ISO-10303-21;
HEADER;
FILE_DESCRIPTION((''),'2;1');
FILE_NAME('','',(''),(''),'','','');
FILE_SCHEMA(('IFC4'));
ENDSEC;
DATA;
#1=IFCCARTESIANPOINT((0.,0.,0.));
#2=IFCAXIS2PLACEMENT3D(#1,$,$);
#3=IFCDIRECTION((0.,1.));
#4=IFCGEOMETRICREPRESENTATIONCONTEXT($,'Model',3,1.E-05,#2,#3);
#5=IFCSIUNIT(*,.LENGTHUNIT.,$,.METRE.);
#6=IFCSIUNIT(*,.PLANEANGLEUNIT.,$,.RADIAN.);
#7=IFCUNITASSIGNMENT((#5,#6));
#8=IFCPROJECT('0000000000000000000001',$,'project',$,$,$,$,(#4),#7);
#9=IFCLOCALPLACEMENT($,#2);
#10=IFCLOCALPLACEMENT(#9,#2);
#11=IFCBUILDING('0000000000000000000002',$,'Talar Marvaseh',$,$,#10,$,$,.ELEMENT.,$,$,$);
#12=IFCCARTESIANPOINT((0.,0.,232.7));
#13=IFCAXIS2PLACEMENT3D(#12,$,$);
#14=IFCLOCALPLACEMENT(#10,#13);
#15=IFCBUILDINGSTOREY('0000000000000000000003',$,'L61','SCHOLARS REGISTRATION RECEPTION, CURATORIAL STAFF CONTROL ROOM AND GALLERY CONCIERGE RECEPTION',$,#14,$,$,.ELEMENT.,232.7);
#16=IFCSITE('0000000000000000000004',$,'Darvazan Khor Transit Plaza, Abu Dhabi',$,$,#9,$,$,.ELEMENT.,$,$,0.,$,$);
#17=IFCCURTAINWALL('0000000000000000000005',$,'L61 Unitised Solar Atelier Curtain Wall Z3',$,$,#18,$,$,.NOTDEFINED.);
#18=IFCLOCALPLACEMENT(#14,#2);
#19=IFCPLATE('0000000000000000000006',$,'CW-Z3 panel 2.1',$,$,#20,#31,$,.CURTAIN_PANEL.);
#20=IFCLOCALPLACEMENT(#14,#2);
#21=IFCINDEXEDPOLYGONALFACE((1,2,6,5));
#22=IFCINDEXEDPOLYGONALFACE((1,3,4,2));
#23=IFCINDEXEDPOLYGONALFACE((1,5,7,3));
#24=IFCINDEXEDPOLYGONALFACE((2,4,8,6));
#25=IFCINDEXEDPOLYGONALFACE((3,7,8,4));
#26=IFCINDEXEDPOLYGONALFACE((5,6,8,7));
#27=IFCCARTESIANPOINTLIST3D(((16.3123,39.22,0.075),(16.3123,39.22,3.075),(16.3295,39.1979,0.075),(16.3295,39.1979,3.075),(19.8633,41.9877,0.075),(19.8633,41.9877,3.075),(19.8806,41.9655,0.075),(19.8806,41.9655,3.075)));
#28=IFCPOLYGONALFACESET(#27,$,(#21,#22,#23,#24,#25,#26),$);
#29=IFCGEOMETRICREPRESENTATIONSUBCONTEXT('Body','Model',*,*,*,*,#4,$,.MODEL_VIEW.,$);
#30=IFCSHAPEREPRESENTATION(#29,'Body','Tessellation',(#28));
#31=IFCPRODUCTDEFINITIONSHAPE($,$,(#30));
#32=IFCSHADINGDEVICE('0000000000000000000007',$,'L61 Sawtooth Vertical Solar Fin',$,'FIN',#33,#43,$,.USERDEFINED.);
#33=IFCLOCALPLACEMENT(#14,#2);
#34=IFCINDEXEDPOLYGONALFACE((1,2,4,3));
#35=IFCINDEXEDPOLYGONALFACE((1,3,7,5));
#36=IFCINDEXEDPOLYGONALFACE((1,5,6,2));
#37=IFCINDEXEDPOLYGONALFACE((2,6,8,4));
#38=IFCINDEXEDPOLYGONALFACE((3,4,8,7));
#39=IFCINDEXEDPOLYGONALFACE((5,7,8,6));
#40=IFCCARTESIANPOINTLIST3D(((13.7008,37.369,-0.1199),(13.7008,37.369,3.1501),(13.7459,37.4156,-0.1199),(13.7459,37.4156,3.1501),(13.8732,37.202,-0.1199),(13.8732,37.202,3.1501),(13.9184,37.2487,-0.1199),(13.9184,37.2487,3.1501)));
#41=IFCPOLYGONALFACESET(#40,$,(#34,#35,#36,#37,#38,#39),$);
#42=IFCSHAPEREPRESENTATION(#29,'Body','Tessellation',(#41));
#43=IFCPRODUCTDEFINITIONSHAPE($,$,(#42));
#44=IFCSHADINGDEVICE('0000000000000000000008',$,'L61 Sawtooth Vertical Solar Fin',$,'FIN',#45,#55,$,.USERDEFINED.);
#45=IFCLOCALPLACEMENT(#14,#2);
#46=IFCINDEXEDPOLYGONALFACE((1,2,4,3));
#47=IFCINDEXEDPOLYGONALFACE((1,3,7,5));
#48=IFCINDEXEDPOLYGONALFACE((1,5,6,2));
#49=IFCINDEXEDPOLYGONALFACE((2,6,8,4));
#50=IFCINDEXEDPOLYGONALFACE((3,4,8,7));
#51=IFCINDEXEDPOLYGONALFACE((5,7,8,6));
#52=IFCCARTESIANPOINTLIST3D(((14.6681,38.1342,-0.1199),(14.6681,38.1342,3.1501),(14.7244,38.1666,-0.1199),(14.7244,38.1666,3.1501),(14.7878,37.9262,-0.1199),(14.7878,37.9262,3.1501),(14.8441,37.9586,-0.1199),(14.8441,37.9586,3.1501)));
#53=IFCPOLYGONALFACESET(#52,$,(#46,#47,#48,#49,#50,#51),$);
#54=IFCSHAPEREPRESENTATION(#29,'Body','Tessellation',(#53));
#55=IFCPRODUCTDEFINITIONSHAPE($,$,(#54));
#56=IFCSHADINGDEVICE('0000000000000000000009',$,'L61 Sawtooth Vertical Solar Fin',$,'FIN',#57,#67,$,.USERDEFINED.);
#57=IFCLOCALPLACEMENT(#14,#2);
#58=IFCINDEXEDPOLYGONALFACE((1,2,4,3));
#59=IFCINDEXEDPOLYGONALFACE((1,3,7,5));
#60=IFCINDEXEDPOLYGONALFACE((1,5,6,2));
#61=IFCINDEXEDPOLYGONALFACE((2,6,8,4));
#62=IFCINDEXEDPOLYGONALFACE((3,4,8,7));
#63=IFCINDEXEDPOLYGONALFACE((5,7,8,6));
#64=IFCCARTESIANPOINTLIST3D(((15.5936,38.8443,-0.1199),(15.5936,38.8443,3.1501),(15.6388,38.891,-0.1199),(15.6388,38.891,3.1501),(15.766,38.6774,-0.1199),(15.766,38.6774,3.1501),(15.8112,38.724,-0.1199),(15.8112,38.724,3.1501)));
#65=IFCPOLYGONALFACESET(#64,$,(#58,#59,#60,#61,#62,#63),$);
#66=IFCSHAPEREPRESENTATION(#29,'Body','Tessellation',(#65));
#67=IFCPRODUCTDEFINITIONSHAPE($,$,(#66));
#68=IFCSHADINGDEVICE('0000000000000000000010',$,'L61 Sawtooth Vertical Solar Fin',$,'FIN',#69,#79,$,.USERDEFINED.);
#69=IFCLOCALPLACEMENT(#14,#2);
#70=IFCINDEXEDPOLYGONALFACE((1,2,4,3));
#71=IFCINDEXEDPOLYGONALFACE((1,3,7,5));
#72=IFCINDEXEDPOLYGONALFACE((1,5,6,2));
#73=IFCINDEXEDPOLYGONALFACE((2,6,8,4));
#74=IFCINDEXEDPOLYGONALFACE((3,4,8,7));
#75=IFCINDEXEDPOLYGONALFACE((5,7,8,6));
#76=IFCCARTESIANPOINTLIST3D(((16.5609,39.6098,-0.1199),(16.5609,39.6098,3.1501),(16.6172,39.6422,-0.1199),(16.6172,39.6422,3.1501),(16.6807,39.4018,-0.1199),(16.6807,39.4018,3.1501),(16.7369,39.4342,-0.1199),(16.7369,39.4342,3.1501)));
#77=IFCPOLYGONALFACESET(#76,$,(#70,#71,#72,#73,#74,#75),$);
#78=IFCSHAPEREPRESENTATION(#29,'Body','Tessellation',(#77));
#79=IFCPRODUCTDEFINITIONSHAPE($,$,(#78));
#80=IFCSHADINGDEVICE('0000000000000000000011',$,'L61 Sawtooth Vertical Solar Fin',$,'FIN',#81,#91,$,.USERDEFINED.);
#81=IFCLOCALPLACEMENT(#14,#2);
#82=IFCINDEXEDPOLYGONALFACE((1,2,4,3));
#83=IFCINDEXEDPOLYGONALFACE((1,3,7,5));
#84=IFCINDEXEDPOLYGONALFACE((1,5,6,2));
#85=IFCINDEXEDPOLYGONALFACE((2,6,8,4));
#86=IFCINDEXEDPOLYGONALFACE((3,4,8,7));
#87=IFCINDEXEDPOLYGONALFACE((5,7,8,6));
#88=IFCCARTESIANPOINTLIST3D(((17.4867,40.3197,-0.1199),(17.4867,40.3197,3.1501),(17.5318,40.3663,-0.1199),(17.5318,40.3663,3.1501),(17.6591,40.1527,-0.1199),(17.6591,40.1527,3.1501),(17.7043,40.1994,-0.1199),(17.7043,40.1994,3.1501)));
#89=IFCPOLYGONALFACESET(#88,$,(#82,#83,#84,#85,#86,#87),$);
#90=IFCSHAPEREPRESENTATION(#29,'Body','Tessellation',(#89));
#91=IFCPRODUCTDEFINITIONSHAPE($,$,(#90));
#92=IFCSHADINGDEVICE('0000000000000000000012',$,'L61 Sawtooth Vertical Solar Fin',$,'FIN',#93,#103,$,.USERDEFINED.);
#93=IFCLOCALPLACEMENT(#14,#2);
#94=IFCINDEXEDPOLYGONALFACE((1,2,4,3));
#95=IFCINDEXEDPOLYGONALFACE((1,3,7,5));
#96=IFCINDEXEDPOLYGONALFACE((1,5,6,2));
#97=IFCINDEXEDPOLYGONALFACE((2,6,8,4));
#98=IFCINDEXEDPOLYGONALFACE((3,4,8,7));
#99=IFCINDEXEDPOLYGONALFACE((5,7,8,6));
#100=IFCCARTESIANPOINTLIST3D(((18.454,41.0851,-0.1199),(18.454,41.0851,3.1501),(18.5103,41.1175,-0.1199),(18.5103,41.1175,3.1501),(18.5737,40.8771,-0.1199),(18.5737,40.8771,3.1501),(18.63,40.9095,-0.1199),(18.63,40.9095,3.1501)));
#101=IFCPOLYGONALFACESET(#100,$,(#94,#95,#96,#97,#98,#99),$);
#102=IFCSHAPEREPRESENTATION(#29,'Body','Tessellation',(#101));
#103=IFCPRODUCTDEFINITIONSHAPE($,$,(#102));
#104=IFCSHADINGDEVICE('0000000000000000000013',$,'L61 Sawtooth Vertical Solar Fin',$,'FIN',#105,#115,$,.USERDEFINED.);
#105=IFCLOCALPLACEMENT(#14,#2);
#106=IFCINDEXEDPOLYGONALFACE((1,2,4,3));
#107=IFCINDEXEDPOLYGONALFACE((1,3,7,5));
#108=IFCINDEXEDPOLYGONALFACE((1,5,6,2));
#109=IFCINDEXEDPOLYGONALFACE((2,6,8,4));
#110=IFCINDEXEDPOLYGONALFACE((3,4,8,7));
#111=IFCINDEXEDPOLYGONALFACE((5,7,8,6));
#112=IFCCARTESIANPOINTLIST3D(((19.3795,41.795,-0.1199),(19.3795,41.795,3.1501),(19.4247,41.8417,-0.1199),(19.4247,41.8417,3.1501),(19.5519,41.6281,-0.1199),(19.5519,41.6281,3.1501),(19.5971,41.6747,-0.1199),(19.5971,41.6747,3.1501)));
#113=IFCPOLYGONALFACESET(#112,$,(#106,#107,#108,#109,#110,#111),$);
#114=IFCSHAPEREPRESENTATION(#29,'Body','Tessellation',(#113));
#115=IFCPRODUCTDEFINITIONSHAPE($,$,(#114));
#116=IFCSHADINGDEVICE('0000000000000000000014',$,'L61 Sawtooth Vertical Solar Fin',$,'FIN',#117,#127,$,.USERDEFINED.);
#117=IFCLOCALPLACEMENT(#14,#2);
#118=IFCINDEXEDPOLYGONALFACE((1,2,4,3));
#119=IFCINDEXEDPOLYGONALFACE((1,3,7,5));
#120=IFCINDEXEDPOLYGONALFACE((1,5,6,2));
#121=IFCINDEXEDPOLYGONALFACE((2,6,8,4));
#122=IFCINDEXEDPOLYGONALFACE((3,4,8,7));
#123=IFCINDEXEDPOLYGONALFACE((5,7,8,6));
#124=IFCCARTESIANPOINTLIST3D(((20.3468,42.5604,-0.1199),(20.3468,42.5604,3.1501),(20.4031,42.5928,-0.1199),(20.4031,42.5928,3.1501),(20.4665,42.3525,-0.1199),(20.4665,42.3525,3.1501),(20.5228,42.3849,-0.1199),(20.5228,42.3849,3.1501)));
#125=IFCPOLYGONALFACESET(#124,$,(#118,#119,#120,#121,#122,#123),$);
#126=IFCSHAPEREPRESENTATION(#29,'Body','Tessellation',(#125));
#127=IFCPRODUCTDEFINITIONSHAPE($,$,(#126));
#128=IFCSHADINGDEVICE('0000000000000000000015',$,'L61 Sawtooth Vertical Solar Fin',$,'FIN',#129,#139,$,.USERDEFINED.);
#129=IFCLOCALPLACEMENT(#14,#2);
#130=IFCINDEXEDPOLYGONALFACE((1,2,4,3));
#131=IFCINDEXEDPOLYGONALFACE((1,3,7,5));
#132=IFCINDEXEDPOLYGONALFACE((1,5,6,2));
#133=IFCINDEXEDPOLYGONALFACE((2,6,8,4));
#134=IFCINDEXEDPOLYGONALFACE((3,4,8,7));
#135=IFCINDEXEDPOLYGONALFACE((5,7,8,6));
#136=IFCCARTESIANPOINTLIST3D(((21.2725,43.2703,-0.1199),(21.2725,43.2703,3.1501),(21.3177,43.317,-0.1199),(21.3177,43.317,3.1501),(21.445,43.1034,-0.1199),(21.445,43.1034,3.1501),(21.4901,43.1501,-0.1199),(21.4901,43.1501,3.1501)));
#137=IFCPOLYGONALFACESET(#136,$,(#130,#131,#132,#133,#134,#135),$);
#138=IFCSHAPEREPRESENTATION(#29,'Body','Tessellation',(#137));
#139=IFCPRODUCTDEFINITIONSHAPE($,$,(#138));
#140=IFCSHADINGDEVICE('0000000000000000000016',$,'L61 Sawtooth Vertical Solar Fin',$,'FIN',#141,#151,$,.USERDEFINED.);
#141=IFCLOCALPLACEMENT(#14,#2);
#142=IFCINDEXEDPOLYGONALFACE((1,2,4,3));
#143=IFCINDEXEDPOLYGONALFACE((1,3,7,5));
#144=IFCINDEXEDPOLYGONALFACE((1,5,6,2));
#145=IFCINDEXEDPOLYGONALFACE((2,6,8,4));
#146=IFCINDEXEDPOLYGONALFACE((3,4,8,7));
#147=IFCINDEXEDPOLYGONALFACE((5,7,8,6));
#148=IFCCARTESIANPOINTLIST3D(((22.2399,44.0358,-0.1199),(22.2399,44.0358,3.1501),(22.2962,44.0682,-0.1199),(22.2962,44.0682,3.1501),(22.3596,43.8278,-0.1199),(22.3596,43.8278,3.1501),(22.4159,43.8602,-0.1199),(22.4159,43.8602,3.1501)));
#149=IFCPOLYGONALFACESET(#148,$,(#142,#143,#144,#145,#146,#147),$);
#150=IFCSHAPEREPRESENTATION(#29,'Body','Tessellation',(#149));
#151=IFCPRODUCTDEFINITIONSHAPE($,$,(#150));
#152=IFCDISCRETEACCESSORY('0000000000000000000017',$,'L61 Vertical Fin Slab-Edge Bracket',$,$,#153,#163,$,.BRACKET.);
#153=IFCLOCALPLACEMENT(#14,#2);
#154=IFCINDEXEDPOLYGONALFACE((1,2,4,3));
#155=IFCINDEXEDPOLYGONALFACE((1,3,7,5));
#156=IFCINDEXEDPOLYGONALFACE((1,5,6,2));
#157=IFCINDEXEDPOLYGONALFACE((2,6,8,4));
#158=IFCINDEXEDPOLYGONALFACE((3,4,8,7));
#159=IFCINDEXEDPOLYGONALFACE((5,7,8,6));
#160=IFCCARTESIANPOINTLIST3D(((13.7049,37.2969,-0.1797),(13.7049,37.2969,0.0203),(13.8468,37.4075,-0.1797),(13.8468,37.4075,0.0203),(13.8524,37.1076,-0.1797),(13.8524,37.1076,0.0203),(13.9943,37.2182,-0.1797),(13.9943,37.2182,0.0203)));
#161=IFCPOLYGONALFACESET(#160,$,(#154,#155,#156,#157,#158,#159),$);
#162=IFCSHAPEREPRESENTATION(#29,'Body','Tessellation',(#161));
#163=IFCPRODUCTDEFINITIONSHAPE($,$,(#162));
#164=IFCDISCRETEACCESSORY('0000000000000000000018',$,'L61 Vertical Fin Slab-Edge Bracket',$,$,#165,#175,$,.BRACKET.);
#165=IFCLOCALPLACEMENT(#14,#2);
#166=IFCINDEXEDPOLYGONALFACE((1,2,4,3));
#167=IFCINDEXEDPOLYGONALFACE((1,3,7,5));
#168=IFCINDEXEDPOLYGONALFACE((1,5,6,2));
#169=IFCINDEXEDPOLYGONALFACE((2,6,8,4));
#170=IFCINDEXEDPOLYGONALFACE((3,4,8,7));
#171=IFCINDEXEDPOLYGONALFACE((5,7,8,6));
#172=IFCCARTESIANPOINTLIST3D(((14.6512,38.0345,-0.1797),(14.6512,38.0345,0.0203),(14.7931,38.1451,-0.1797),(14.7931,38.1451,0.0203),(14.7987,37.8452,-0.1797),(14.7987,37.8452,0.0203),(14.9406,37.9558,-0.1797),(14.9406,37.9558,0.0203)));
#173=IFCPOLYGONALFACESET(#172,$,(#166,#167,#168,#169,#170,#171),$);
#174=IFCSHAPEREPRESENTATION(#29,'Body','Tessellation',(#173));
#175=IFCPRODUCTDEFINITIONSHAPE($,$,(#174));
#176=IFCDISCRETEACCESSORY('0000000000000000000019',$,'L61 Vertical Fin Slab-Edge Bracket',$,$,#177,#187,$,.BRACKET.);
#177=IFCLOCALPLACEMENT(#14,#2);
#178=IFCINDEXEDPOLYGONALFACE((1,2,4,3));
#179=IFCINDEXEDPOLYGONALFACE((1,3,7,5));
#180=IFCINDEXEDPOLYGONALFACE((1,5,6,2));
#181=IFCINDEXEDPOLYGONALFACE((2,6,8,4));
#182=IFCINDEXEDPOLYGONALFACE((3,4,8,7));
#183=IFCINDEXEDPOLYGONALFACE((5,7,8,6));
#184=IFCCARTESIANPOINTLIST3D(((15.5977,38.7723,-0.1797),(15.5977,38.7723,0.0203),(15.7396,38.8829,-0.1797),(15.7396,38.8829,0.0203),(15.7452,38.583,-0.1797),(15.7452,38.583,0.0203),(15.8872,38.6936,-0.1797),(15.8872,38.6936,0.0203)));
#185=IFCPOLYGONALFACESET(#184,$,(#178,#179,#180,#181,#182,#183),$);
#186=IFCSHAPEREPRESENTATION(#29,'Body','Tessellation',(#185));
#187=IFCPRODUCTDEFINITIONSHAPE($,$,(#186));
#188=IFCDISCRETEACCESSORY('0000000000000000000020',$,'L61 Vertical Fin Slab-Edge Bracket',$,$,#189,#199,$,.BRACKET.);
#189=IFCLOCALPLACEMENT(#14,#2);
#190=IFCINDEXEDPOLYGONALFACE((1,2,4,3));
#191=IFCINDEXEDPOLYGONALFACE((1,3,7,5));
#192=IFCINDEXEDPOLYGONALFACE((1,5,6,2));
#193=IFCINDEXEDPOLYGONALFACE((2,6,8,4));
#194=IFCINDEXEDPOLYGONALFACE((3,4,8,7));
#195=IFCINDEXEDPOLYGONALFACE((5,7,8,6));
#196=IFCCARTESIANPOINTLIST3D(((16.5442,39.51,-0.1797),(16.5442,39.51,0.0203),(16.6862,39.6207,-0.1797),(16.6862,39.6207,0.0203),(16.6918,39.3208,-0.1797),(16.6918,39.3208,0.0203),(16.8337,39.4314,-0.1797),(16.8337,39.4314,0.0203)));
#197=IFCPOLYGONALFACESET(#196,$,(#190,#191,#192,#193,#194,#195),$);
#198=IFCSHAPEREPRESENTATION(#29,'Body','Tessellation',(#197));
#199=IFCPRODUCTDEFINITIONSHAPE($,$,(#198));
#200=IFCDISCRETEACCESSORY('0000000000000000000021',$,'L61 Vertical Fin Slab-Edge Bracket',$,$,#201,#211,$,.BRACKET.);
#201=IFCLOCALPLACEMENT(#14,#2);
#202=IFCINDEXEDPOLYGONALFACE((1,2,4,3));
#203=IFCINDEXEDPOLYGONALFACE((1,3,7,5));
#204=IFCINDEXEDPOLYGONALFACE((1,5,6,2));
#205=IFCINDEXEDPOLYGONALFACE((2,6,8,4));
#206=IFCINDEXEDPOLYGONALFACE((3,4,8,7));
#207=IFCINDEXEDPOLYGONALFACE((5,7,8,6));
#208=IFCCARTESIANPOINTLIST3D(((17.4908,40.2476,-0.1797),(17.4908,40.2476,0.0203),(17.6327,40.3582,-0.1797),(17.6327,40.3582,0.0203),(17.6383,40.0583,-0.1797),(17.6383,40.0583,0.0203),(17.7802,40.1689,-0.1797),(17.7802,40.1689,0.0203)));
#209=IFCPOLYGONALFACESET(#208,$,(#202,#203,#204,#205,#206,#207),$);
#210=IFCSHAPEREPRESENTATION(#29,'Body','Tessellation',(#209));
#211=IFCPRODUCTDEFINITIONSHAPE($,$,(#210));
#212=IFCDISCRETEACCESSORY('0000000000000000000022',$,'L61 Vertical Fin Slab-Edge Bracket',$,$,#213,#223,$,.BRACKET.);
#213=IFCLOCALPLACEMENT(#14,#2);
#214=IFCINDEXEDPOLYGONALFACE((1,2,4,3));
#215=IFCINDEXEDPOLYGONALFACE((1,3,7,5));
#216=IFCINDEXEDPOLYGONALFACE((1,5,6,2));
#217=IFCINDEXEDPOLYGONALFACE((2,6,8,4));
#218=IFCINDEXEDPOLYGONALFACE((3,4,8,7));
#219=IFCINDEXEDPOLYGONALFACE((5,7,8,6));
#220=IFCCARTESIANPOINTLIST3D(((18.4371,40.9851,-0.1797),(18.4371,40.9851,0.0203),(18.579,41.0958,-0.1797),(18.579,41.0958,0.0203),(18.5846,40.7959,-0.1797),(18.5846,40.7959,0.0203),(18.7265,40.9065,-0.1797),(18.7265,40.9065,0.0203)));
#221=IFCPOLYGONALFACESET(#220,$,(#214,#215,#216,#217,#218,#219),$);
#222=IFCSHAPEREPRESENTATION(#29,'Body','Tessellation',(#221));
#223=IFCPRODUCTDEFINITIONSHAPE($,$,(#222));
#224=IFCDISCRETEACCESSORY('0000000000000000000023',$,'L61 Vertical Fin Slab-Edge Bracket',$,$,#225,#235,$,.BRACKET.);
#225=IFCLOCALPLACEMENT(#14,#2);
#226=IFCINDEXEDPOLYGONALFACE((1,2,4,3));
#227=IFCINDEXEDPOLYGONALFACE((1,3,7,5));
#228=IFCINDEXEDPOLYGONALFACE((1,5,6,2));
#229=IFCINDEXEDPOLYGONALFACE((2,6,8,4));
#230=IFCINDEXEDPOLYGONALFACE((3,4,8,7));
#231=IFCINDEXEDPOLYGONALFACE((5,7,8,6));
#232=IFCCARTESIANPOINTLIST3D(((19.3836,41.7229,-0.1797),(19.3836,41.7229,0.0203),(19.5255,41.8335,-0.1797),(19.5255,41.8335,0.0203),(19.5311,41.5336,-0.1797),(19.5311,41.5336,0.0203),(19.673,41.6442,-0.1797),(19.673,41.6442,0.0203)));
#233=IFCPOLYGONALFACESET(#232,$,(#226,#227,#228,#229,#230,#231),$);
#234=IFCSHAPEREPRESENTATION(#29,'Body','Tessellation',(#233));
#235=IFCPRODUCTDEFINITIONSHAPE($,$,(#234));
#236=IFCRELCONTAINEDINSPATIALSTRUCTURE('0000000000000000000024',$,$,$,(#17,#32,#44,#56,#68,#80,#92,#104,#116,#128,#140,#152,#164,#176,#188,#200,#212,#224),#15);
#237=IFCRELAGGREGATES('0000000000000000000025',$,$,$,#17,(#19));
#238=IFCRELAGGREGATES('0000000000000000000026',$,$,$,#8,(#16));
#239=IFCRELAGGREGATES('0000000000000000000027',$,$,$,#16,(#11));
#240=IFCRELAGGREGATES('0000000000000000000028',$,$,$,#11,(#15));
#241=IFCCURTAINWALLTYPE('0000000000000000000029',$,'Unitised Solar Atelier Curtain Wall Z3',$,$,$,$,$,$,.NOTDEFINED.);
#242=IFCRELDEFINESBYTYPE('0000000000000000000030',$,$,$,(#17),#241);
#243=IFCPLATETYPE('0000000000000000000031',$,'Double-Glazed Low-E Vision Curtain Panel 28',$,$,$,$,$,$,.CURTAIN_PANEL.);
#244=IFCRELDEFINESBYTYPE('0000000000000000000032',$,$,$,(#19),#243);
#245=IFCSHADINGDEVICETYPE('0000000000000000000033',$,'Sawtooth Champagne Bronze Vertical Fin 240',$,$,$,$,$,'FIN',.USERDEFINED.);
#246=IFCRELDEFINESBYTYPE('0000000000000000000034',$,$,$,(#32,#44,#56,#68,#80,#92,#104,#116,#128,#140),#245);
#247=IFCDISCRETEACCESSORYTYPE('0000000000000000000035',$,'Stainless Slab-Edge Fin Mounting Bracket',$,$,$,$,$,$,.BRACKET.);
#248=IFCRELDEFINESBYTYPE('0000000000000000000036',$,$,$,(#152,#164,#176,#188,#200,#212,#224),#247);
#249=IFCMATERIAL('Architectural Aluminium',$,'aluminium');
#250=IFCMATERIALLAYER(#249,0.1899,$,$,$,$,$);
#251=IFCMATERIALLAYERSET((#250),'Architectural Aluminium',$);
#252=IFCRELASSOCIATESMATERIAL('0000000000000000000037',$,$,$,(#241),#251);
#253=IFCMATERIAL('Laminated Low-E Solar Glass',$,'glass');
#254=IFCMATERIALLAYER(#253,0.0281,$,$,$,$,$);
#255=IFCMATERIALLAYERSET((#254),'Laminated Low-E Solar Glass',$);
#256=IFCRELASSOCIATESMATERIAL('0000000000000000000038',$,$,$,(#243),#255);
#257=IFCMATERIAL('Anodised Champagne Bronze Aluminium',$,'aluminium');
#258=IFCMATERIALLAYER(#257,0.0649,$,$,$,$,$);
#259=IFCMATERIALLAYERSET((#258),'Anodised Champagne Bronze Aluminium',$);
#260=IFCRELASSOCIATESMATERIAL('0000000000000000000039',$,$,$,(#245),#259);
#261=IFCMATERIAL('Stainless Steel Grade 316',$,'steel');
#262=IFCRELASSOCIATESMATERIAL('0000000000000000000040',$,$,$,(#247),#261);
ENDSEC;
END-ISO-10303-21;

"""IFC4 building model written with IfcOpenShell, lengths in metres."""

from ifc_helpers import new_model, si_unit, direction, frame, origin, origin_2d, place, context, subcontext, project, spatial, rectangle, extrude, source, transform, mapped, material, layer, layer_set, type_object, type_shapes, element, aggregate, save


model = new_model("IFC4")

# Units and contexts
model_context = context("Model", 3, precision=1e-05, world=origin(), true_north=direction((0.0, 1.0)))
body_context = subcontext(model_context, "Body", "Model", "MODEL_VIEW")
ifc_project = project(units=[si_unit("LENGTHUNIT", "METRE"), si_unit("PLANEANGLEUNIT", "RADIAN")], contexts=[model_context])

# Site, building, storey
site_placement = place(None, origin())
site = spatial("IfcSite", under=ifc_project, at=site_placement, Name="Darvazan Khor Transit Plaza, Abu Dhabi", CompositionType="ELEMENT", RefElevation=0.0)
building_placement = place(site_placement, origin())
building = spatial("IfcBuilding", under=site, at=building_placement, Name="Talar Marvaseh", CompositionType="ELEMENT")
storey_placement = place(building_placement, frame((0.0, 0.0, 232.7)))
storey = spatial("IfcBuildingStorey", under=building, at=storey_placement, Name="L61", Description="SCHOLARS REGISTRATION RECEPTION, CURATORIAL STAFF CONTROL ROOM AND GALLERY CONCIERGE RECEPTION", CompositionType="ELEMENT", Elevation=232.7)

# Curtain wall, plate
ifc_material_1 = material(Name="Architectural Aluminium", Category="aluminium")
ifc_layer_1 = layer(ifc_material_1, 0.1899)
ifc_layer_set_1 = layer_set([ifc_layer_1], Name="Architectural Aluminium")
curtain_wall_type = type_object("IfcCurtainWallType", Name="Unitised Solar Atelier Curtain Wall Z3", PredefinedType="NOTDEFINED", material=ifc_layer_set_1)
curtain_wall_placement = place(storey_placement, origin())
curtain_wall = element("IfcCurtainWall", 1, at=curtain_wall_placement, inside=storey, type_object=curtain_wall_type, Name="L61 Unitised Solar Atelier Curtain Wall Z3", PredefinedType="NOTDEFINED")
ifc_material_2 = material(Name="Laminated Low-E Solar Glass", Category="glass")
ifc_layer_2 = layer(ifc_material_2, 0.0281)
ifc_layer_set_2 = layer_set([ifc_layer_2], Name="Laminated Low-E Solar Glass")
plate_type = type_object("IfcPlateType", Name="Double-Glazed Low-E Vision Curtain Panel 28", PredefinedType="CURTAIN_PANEL", material=ifc_layer_set_2)
shared_shape_1 = source(origin(), body_context, "Body", "SweptSolid", [
    extrude(rectangle(XDim=4.5022, YDim=0.0281, at=origin_2d()), origin(), (0.0, 0.0, 1.0), 3.0),
])
plate_1_placement = place(storey_placement, frame((18.0964, 40.5928, 0.075), z_axis=(0.0, 0.0, 1.0), x_axis=(0.788737, 0.614731, 0.0)))
plate_1 = element("IfcPlate", 2, at=plate_1_placement, type_object=plate_type, Name="CW-Z3 panel 2.1", PredefinedType="CURTAIN_PANEL", context=body_context, shape_type="MappedRepresentation", body=[
    mapped(shared_shape_1, transform((0.0, 0.0, 0.0), x_axis=(1.0, 0.0, 0.0), y_axis=(0.0, 1.0, 0.0), z_axis=(0.0, 0.0, 1.0), scale=1.0)),
])
aggregate(curtain_wall, [plate_1])

# Shading devices
ifc_material_3 = material(Name="Anodised Champagne Bronze Aluminium", Category="aluminium")
ifc_layer_3 = layer(ifc_material_3, 0.0649)
ifc_layer_set_3 = layer_set([ifc_layer_3], Name="Anodised Champagne Bronze Aluminium")
shading_device_type = type_object("IfcShadingDeviceType", Name="Sawtooth Champagne Bronze Vertical Fin 240", ElementType="FIN", PredefinedType="USERDEFINED", material=ifc_layer_set_3)
shared_shape_2 = source(origin(), body_context, "Body", "SweptSolid", [
    extrude(rectangle(XDim=0.24, YDim=0.0649, at=origin_2d()), origin(), (0.0, 0.0, 1.0), 3.27),
])
type_shapes(shading_device_type, [shared_shape_2])
for number, where, z_axis, x_axis, name in (
    (3, (13.8096, 37.3088, -0.1199), (0.0, 0.0, 1.0), (-0.718491, 0.695537, 0.0), "L61 Sawtooth Vertical Solar Fin"),
    (4, (14.7561, 38.0464, -0.1199), (0.0, 0.0, 1.0), (-0.498942, 0.866636, 0.0), "L61 Sawtooth Vertical Solar Fin"),
    (5, (15.7024, 38.7842, -0.1199), (0.0, 0.0, 1.0), (-0.718491, 0.695537, 0.0), "L61 Sawtooth Vertical Solar Fin"),
    (6, (16.6489, 39.522, -0.1199), (0.0, 0.0, 1.0), (-0.498942, 0.866636, 0.0), "L61 Sawtooth Vertical Solar Fin"),
    (7, (17.5955, 40.2595, -0.1199), (0.0, 0.0, 1.0), (-0.718491, 0.695537, 0.0), "L61 Sawtooth Vertical Solar Fin"),
    (8, (18.542, 40.9973, -0.1199), (0.0, 0.0, 1.0), (-0.498942, 0.866636, 0.0), "L61 Sawtooth Vertical Solar Fin"),
    (9, (19.4883, 41.7349, -0.1199), (0.0, 0.0, 1.0), (-0.718491, 0.695537, 0.0), "L61 Sawtooth Vertical Solar Fin"),
    (10, (20.4348, 42.4727, -0.1199), (0.0, 0.0, 1.0), (-0.498942, 0.866636, 0.0), "L61 Sawtooth Vertical Solar Fin"),
    (11, (21.3813, 43.2102, -0.1199), (0.0, 0.0, 1.0), (-0.718491, 0.695537, 0.0), "L61 Sawtooth Vertical Solar Fin"),
    (12, (22.3279, 43.948, -0.1199), (0.0, 0.0, 1.0), (-0.498942, 0.866636, 0.0), "L61 Sawtooth Vertical Solar Fin"),
):
    element("IfcShadingDevice", number, at=place(storey_placement, frame(where, z_axis=z_axis, x_axis=x_axis)), inside=storey, type_object=shading_device_type, Name=name, ObjectType="FIN", PredefinedType="USERDEFINED", context=body_context, shape_type="MappedRepresentation", body=[
        mapped(shared_shape_2, transform((0.0, 0.0, 0.0), x_axis=(1.0, 0.0, 0.0), y_axis=(0.0, 1.0, 0.0), z_axis=(0.0, 0.0, 1.0), scale=1.0)),
    ])

# Discrete accessories
ifc_material_4 = material(Name="Stainless Steel Grade 316", Category="steel")
discrete_accessory_type = type_object("IfcDiscreteAccessoryType", Name="Stainless Slab-Edge Fin Mounting Bracket", PredefinedType="BRACKET", material=ifc_material_4)
shared_shape_3 = source(origin(), body_context, "Body", "SweptSolid", [
    extrude(rectangle(XDim=0.24, YDim=0.1799, at=origin_2d()), origin(), (0.0, 0.0, 1.0), 0.2),
])
type_shapes(discrete_accessory_type, [shared_shape_3])
for number, where, z_axis, x_axis, name in (
    (13, (13.8496, 37.2576, -0.1797), (0.0, 0.0, 1.0), (-0.614698, 0.788762, 0.0), "L61 Vertical Fin Slab-Edge Bracket"),
    (14, (14.7959, 37.9951, -0.1797), (0.0, 0.0, 1.0), (-0.614698, 0.788762, 0.0), "L61 Vertical Fin Slab-Edge Bracket"),
    (15, (15.7424, 38.7329, -0.1797), (0.0, 0.0, 1.0), (-0.614698, 0.788762, 0.0), "L61 Vertical Fin Slab-Edge Bracket"),
    (16, (16.689, 39.4707, -0.1797), (0.0, 0.0, 1.0), (-0.614698, 0.788762, 0.0), "L61 Vertical Fin Slab-Edge Bracket"),
    (17, (17.6355, 40.2083, -0.1797), (0.0, 0.0, 1.0), (-0.614698, 0.788762, 0.0), "L61 Vertical Fin Slab-Edge Bracket"),
    (18, (18.5818, 40.9458, -0.1797), (0.0, 0.0, 1.0), (-0.614698, 0.788762, 0.0), "L61 Vertical Fin Slab-Edge Bracket"),
    (19, (19.5283, 41.6836, -0.1797), (0.0, 0.0, 1.0), (-0.614698, 0.788762, 0.0), "L61 Vertical Fin Slab-Edge Bracket"),
):
    element("IfcDiscreteAccessory", number, at=place(storey_placement, frame(where, z_axis=z_axis, x_axis=x_axis)), inside=storey, type_object=discrete_accessory_type, Name=name, PredefinedType="BRACKET", context=body_context, shape_type="MappedRepresentation", body=[
        mapped(shared_shape_3, transform((0.0, 0.0, 0.0), x_axis=(1.0, 0.0, 0.0), y_axis=(0.0, 1.0, 0.0), z_axis=(0.0, 0.0, 1.0), scale=1.0)),
    ])

save(model, "model.ifc")
